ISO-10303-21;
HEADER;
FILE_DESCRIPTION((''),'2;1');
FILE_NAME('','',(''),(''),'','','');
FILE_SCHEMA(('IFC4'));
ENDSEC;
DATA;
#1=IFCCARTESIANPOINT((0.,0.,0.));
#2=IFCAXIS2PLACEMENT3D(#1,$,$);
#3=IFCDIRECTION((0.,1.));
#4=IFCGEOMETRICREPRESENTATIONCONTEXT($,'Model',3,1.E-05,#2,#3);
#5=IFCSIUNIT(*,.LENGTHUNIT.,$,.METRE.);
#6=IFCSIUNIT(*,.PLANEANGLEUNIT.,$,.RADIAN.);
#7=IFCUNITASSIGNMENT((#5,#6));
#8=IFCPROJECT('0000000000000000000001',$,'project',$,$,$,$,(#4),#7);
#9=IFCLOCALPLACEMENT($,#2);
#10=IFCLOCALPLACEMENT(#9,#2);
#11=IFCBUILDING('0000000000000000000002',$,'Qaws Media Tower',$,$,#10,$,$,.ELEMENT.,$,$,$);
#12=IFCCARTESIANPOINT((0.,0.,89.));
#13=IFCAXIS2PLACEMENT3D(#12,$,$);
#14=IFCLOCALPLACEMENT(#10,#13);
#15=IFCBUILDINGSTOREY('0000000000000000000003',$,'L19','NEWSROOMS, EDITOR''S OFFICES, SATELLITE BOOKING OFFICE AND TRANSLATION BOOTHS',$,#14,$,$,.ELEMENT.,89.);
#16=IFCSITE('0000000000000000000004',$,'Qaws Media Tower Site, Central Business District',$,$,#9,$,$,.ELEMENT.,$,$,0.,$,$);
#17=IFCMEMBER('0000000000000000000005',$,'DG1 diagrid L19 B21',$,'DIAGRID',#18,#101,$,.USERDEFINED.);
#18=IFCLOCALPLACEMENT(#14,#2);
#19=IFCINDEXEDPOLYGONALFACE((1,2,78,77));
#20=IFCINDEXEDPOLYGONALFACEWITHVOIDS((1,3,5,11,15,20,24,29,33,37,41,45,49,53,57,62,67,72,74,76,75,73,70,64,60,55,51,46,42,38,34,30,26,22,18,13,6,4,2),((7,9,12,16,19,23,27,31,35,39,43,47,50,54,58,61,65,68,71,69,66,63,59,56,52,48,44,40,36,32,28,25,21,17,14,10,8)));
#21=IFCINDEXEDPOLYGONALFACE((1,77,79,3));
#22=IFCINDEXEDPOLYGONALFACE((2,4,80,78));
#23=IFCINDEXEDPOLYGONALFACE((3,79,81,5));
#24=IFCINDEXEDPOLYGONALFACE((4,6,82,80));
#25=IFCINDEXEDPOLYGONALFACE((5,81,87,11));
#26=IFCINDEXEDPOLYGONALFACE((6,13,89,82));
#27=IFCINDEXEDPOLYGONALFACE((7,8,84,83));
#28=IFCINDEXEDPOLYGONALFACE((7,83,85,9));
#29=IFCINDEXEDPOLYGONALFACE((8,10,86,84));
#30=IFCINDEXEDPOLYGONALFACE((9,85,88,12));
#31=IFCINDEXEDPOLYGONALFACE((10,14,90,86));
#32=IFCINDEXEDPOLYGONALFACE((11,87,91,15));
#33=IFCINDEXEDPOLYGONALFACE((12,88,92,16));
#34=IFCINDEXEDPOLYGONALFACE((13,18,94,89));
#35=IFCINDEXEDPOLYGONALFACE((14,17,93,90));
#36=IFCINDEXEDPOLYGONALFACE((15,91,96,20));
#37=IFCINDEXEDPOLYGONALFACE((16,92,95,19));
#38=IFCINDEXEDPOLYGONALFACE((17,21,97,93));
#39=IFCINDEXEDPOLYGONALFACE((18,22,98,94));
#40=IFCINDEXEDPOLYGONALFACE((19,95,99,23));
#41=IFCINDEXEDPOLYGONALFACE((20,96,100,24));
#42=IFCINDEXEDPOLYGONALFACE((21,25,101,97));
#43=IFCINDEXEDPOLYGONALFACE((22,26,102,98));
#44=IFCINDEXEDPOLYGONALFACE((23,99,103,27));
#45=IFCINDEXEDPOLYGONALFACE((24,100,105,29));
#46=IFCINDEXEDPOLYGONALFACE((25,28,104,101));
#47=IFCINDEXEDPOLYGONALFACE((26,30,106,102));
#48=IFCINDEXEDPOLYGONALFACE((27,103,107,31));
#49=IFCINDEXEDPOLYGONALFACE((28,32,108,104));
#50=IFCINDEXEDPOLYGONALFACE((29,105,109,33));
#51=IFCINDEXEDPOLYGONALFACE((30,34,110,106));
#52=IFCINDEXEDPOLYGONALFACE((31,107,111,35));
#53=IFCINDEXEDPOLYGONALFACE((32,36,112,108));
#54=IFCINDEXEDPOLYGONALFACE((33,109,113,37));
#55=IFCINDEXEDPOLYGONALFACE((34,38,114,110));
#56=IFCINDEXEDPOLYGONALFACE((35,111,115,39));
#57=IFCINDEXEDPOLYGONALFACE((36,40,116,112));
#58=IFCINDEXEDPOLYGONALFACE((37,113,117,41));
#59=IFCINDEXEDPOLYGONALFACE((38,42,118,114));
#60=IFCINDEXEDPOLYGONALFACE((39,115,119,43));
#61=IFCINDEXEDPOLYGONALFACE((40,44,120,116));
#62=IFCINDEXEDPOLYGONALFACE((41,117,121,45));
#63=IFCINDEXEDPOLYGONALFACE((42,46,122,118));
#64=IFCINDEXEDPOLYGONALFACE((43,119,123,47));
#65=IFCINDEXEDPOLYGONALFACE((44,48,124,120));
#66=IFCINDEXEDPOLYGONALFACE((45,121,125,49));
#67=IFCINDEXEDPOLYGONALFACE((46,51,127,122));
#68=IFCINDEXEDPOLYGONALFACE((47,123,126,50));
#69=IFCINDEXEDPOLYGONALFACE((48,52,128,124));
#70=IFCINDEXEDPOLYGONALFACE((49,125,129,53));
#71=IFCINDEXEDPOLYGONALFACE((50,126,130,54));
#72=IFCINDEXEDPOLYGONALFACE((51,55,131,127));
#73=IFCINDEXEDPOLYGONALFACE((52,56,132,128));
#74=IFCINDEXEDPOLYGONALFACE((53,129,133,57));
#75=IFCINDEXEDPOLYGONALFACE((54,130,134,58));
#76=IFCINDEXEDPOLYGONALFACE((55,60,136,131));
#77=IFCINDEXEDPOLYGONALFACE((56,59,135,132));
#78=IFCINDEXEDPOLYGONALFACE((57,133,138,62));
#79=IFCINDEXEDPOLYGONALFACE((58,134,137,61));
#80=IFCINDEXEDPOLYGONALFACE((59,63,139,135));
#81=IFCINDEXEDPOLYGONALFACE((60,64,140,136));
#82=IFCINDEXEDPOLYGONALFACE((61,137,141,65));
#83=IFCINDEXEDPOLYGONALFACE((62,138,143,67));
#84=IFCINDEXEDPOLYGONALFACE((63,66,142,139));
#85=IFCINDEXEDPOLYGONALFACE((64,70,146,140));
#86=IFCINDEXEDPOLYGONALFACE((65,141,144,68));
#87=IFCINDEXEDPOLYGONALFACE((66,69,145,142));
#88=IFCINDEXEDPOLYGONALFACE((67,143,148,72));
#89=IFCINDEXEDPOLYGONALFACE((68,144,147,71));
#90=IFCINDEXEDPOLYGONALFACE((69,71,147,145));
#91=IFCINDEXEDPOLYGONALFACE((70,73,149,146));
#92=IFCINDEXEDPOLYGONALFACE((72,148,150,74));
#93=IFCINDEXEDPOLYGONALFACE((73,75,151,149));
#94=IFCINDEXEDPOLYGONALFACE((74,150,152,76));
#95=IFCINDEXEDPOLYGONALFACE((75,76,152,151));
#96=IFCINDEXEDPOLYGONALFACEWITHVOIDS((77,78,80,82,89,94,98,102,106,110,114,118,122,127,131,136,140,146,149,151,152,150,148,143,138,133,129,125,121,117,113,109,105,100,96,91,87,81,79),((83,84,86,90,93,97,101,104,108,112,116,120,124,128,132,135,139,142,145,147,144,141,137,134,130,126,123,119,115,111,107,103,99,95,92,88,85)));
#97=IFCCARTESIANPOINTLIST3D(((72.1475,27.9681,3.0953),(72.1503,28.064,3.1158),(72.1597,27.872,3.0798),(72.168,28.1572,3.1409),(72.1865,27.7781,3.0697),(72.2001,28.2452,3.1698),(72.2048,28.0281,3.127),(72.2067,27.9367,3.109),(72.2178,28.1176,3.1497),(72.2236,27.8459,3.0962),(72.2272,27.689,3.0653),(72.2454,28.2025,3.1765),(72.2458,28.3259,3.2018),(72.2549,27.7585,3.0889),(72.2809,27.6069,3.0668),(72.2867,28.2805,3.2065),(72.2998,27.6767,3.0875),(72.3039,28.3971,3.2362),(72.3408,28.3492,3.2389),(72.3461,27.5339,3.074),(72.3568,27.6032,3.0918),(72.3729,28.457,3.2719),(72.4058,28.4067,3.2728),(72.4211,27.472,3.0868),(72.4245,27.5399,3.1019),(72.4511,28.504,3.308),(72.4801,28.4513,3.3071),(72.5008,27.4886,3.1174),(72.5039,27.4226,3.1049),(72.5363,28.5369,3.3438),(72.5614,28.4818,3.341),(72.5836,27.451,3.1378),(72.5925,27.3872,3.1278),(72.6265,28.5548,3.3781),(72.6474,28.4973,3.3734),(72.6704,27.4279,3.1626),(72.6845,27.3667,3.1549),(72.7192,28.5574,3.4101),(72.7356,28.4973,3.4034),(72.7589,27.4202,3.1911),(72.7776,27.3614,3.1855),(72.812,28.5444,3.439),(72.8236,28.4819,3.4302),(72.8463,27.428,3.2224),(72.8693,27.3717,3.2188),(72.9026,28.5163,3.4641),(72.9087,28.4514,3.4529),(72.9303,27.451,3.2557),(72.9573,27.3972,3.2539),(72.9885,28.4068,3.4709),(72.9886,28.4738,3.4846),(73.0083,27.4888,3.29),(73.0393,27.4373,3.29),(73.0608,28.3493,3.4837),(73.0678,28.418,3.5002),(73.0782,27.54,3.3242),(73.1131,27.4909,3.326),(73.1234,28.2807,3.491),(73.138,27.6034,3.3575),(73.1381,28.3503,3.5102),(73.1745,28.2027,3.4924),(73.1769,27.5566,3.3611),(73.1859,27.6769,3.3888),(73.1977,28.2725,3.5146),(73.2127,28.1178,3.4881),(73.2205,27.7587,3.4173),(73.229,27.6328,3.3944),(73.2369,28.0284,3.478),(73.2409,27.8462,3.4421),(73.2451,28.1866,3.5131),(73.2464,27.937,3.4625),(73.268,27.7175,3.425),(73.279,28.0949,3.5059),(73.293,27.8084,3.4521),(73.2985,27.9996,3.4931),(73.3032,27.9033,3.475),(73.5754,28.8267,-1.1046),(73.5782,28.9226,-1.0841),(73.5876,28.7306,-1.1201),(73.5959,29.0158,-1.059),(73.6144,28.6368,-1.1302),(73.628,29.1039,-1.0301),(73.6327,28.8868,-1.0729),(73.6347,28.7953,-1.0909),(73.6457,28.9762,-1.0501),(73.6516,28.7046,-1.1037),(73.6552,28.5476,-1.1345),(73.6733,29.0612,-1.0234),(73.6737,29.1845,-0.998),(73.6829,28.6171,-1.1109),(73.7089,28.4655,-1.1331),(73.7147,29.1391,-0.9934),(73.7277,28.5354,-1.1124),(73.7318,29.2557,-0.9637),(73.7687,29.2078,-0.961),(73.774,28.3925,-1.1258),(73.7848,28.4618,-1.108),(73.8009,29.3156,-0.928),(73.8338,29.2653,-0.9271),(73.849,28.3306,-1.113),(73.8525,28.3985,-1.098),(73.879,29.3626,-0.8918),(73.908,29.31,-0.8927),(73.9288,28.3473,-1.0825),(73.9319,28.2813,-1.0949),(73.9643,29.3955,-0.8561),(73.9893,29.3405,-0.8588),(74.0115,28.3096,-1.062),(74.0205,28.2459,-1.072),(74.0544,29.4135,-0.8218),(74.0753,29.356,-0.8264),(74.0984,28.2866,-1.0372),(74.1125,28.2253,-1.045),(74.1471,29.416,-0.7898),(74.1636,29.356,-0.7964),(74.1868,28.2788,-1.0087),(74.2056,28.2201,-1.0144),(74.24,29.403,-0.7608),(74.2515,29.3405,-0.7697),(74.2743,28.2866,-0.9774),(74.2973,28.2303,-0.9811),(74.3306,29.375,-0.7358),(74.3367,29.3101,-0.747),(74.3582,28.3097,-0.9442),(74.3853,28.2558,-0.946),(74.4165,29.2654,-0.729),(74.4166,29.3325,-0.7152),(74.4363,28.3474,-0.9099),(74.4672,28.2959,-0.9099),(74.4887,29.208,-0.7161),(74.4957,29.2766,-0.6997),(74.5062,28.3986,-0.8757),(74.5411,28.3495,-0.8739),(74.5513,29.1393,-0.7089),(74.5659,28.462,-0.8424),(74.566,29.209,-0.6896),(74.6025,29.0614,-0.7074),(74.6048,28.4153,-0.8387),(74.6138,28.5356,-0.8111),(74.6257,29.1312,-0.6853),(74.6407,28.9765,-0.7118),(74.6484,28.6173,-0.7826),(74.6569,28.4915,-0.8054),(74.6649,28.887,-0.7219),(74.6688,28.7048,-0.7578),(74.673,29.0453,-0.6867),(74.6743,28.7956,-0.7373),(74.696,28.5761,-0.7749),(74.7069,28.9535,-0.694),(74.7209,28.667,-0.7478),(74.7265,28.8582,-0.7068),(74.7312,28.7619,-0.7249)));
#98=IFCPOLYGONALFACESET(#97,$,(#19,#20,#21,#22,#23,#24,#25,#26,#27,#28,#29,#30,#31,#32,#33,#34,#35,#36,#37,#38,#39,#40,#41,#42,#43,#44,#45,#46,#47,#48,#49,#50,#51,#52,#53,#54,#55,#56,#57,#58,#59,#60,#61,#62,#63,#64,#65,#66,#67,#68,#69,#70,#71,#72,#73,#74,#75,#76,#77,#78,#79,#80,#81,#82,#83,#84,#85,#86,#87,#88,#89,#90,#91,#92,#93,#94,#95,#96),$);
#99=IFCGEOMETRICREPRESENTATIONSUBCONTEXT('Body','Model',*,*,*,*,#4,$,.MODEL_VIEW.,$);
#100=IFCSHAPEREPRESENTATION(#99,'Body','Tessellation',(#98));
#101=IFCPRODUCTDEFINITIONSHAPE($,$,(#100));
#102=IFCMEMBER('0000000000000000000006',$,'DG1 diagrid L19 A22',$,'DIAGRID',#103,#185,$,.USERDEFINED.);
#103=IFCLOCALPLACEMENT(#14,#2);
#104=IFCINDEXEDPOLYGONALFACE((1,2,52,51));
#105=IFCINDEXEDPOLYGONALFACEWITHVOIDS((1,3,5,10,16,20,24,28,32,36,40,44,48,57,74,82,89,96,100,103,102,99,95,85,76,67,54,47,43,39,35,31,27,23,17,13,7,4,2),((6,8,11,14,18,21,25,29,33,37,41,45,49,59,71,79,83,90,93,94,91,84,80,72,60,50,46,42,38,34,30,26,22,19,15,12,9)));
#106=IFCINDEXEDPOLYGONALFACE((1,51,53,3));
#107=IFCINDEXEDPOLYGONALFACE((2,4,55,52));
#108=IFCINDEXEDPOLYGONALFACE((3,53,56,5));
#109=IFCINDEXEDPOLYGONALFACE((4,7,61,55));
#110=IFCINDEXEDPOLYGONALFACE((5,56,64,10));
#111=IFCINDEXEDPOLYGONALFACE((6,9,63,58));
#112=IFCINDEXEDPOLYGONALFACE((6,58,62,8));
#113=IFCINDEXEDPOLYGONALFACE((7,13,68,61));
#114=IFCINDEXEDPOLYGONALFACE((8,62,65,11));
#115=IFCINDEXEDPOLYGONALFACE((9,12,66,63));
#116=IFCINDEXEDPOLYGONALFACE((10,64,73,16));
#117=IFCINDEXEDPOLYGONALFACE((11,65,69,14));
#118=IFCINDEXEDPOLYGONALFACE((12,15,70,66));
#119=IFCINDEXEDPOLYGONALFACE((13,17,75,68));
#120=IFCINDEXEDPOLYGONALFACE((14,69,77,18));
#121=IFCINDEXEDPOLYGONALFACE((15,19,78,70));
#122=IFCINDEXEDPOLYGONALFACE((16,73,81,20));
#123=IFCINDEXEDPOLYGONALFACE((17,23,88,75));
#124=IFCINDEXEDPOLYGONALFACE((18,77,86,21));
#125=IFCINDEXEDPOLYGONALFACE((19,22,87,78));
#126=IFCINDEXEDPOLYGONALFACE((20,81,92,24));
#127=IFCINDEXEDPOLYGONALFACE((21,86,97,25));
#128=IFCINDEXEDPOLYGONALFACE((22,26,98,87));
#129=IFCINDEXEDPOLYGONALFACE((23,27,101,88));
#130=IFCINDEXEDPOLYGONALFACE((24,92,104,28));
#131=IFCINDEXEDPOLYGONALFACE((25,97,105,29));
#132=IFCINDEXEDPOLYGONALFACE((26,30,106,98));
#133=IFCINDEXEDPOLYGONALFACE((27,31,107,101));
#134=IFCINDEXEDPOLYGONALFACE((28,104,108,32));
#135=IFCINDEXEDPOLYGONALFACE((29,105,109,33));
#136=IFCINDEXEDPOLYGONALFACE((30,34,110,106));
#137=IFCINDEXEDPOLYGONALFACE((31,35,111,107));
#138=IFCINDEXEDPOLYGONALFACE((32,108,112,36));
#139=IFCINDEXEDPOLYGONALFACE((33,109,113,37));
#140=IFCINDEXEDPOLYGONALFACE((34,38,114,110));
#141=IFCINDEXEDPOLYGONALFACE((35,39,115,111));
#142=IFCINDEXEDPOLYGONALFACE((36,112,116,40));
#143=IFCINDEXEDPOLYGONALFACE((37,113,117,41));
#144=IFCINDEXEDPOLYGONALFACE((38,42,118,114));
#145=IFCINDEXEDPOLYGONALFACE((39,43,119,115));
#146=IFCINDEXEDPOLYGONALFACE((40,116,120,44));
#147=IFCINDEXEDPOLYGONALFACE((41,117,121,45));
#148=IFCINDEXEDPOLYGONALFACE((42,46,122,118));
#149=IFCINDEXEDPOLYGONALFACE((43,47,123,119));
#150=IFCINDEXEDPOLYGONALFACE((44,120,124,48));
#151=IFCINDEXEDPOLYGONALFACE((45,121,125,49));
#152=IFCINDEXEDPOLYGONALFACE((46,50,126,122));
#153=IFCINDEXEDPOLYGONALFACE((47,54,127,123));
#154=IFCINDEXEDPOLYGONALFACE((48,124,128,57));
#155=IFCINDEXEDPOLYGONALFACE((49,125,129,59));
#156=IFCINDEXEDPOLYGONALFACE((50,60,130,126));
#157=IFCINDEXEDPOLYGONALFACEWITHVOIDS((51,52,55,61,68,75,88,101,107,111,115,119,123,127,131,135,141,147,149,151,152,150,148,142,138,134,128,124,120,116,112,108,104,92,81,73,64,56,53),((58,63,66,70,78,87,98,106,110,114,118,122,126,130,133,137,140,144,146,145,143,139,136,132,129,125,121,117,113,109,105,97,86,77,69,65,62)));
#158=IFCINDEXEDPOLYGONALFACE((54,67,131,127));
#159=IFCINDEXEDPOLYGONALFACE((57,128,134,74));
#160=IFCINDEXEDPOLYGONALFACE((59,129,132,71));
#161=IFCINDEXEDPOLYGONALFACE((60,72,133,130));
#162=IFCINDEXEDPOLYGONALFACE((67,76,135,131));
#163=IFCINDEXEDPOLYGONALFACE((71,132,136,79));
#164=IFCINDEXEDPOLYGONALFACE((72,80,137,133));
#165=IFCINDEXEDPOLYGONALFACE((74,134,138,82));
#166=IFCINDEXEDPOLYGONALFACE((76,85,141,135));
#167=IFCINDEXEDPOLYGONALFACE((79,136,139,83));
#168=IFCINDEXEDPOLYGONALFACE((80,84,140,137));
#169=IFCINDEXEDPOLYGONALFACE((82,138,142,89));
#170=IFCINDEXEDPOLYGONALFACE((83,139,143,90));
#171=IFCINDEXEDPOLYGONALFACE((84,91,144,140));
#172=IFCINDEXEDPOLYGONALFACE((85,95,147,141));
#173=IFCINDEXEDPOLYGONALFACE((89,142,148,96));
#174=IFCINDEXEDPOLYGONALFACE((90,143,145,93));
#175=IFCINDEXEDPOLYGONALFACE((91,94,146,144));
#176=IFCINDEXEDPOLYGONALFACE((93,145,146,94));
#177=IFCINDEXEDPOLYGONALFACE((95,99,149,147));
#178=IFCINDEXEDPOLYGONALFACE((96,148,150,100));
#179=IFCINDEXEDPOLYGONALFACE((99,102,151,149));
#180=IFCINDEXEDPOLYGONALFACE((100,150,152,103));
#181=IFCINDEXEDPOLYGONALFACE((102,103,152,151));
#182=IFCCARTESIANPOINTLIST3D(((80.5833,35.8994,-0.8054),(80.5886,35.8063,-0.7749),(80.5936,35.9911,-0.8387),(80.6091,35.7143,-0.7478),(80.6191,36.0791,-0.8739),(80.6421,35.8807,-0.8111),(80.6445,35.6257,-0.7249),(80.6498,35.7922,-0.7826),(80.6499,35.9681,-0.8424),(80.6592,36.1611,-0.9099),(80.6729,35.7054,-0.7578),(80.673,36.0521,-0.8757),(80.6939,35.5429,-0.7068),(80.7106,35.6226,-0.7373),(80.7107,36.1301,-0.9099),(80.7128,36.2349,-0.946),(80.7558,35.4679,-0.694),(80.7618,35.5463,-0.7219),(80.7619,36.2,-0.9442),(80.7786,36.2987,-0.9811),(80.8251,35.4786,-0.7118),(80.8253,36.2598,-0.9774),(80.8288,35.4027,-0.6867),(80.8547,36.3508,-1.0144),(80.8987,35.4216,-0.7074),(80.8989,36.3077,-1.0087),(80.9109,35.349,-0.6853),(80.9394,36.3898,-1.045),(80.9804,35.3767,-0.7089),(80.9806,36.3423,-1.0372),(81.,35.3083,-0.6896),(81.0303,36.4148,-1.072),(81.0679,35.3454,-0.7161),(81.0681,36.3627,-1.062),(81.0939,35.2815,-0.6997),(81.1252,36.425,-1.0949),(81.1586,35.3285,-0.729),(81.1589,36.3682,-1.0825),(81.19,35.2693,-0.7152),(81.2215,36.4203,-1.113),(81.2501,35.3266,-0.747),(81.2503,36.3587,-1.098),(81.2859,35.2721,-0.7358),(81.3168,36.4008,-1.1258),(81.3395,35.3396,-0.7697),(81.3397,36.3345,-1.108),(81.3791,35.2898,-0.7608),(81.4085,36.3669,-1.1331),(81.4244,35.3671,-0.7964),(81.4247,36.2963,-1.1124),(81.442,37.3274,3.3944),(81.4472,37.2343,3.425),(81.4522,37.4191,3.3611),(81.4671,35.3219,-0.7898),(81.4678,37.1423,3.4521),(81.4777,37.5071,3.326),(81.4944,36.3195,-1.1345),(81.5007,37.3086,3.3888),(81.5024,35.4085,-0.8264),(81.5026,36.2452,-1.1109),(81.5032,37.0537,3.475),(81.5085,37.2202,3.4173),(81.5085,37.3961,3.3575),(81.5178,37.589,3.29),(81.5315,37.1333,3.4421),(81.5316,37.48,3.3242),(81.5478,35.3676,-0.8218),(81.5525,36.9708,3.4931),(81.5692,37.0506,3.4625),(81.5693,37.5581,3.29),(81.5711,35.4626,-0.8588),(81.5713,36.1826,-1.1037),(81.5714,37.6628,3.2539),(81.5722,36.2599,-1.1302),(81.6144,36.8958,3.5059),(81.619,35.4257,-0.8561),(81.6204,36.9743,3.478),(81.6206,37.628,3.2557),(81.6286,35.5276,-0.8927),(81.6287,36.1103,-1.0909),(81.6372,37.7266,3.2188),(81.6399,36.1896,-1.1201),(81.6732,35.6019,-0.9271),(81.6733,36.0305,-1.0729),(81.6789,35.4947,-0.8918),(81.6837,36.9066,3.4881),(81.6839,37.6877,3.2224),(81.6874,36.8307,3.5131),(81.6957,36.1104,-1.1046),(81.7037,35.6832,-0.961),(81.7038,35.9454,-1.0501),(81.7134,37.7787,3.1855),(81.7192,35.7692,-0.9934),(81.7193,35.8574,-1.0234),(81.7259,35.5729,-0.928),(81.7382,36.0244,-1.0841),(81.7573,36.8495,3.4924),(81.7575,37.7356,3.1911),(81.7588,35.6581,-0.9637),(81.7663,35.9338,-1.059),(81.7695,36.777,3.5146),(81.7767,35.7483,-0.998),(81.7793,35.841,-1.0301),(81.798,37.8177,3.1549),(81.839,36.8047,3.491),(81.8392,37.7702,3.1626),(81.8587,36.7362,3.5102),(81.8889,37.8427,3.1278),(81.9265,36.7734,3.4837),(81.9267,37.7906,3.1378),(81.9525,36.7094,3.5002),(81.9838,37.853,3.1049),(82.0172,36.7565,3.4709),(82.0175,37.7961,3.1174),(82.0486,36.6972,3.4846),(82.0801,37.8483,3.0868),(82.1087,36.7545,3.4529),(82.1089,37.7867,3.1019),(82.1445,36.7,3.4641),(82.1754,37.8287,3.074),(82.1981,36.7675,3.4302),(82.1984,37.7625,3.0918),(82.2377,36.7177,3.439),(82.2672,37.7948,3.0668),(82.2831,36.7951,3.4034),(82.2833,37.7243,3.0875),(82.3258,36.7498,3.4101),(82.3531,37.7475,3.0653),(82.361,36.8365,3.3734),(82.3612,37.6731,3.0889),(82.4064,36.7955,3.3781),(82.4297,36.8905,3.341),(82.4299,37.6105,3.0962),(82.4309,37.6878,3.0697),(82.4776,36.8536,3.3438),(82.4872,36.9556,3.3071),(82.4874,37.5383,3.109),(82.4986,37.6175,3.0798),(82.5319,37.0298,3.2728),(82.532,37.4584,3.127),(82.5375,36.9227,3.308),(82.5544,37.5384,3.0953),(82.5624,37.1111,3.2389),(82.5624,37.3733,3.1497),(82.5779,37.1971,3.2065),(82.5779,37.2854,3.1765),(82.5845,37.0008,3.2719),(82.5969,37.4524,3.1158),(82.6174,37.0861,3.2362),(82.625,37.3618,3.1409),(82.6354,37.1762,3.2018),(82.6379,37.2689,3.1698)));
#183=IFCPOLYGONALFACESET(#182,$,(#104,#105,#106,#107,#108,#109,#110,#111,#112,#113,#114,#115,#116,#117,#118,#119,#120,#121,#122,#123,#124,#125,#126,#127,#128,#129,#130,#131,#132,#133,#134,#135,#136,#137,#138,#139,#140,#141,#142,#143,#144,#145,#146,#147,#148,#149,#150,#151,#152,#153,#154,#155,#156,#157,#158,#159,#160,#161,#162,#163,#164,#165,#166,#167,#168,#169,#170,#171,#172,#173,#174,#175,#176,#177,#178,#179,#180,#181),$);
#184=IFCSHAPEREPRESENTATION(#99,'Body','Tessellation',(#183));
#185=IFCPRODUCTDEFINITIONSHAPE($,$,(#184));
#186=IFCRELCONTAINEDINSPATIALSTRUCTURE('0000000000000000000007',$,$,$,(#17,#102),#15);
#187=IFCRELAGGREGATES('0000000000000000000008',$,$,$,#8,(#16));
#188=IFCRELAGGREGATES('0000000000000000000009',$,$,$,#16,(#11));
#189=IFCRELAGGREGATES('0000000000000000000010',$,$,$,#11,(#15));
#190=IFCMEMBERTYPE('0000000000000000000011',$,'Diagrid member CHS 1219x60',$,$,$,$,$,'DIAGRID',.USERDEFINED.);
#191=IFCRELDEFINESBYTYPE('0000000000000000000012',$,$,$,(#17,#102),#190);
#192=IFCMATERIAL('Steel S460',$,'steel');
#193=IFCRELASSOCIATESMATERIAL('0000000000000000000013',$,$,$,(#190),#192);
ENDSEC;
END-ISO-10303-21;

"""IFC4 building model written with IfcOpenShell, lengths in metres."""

from ifc_helpers import new_model, si_unit, direction, frame, origin, origin_2d, place, context, subcontext, project, spatial, hollow_circle, extrude, material, material_profile, profile_set, type_object, element, save


model = new_model("IFC4")

# Units and contexts
model_context = context("Model", 3, precision=1e-05, world=origin(), true_north=direction((0.0, 1.0)))
body_context = subcontext(model_context, "Body", "Model", "MODEL_VIEW")
ifc_project = project(units=[si_unit("LENGTHUNIT", "METRE"), si_unit("PLANEANGLEUNIT", "RADIAN")], contexts=[model_context])

# Site, building, storey
site_placement = place(None, origin())
site = spatial("IfcSite", under=ifc_project, at=site_placement, Name="Qaws Media Tower Site, Central Business District", CompositionType="ELEMENT", RefElevation=0.0)
building_placement = place(site_placement, origin())
building = spatial("IfcBuilding", under=site, at=building_placement, Name="Qaws Media Tower", CompositionType="ELEMENT")
storey_placement = place(building_placement, frame((0.0, 0.0, 89.0)))
storey = spatial("IfcBuildingStorey", under=building, at=storey_placement, Name="L19", Description="NEWSROOMS, EDITOR'S OFFICES, SATELLITE BOOKING OFFICE AND TRANSLATION BOOTHS", CompositionType="ELEMENT", Elevation=89.0)

# Members
ifc_material_1 = material(Name="Steel S460", Category="steel")
ifc_material_profile_1 = material_profile(ifc_material_1, hollow_circle(Radius=0.6096, WallThickness=0.0601, at=origin_2d()), Name="CHS 1219x60")
ifc_profile_set_1 = profile_set([ifc_material_profile_1], Name="Steel S460")
member_type_1 = type_object("IfcMemberType", Name="Diagrid member CHS 1219x60", ElementType="DIAGRID", PredefinedType="USERDEFINED", material=ifc_profile_set_1)
for number, where, z_axis, x_axis, name in (
    (1, (74.1531, 28.8184, -0.9099), (-0.316036, -0.190032, 0.929521), (0.515314, -0.857001, 0.0), "DG1 diagrid L19 B21"),
    (2, (81.1816, 35.8469, -0.9099), (0.190032, 0.316036, 0.929521), (-0.857001, 0.515314, 0.0), "DG1 diagrid L19 A22"),
):
    element("IfcMember", number, at=place(storey_placement, frame(where, z_axis=z_axis, x_axis=x_axis)), inside=storey, type_object=member_type_1, Name=name, ObjectType="DIAGRID", PredefinedType="USERDEFINED", context=body_context, shape_type="SweptSolid", body=[
        extrude(hollow_circle(Radius=0.6096, WallThickness=0.0601, at=origin_2d()), origin(), (0.0, 0.0, 1.0), 4.5183),
    ])

save(model, "model.ifc")
